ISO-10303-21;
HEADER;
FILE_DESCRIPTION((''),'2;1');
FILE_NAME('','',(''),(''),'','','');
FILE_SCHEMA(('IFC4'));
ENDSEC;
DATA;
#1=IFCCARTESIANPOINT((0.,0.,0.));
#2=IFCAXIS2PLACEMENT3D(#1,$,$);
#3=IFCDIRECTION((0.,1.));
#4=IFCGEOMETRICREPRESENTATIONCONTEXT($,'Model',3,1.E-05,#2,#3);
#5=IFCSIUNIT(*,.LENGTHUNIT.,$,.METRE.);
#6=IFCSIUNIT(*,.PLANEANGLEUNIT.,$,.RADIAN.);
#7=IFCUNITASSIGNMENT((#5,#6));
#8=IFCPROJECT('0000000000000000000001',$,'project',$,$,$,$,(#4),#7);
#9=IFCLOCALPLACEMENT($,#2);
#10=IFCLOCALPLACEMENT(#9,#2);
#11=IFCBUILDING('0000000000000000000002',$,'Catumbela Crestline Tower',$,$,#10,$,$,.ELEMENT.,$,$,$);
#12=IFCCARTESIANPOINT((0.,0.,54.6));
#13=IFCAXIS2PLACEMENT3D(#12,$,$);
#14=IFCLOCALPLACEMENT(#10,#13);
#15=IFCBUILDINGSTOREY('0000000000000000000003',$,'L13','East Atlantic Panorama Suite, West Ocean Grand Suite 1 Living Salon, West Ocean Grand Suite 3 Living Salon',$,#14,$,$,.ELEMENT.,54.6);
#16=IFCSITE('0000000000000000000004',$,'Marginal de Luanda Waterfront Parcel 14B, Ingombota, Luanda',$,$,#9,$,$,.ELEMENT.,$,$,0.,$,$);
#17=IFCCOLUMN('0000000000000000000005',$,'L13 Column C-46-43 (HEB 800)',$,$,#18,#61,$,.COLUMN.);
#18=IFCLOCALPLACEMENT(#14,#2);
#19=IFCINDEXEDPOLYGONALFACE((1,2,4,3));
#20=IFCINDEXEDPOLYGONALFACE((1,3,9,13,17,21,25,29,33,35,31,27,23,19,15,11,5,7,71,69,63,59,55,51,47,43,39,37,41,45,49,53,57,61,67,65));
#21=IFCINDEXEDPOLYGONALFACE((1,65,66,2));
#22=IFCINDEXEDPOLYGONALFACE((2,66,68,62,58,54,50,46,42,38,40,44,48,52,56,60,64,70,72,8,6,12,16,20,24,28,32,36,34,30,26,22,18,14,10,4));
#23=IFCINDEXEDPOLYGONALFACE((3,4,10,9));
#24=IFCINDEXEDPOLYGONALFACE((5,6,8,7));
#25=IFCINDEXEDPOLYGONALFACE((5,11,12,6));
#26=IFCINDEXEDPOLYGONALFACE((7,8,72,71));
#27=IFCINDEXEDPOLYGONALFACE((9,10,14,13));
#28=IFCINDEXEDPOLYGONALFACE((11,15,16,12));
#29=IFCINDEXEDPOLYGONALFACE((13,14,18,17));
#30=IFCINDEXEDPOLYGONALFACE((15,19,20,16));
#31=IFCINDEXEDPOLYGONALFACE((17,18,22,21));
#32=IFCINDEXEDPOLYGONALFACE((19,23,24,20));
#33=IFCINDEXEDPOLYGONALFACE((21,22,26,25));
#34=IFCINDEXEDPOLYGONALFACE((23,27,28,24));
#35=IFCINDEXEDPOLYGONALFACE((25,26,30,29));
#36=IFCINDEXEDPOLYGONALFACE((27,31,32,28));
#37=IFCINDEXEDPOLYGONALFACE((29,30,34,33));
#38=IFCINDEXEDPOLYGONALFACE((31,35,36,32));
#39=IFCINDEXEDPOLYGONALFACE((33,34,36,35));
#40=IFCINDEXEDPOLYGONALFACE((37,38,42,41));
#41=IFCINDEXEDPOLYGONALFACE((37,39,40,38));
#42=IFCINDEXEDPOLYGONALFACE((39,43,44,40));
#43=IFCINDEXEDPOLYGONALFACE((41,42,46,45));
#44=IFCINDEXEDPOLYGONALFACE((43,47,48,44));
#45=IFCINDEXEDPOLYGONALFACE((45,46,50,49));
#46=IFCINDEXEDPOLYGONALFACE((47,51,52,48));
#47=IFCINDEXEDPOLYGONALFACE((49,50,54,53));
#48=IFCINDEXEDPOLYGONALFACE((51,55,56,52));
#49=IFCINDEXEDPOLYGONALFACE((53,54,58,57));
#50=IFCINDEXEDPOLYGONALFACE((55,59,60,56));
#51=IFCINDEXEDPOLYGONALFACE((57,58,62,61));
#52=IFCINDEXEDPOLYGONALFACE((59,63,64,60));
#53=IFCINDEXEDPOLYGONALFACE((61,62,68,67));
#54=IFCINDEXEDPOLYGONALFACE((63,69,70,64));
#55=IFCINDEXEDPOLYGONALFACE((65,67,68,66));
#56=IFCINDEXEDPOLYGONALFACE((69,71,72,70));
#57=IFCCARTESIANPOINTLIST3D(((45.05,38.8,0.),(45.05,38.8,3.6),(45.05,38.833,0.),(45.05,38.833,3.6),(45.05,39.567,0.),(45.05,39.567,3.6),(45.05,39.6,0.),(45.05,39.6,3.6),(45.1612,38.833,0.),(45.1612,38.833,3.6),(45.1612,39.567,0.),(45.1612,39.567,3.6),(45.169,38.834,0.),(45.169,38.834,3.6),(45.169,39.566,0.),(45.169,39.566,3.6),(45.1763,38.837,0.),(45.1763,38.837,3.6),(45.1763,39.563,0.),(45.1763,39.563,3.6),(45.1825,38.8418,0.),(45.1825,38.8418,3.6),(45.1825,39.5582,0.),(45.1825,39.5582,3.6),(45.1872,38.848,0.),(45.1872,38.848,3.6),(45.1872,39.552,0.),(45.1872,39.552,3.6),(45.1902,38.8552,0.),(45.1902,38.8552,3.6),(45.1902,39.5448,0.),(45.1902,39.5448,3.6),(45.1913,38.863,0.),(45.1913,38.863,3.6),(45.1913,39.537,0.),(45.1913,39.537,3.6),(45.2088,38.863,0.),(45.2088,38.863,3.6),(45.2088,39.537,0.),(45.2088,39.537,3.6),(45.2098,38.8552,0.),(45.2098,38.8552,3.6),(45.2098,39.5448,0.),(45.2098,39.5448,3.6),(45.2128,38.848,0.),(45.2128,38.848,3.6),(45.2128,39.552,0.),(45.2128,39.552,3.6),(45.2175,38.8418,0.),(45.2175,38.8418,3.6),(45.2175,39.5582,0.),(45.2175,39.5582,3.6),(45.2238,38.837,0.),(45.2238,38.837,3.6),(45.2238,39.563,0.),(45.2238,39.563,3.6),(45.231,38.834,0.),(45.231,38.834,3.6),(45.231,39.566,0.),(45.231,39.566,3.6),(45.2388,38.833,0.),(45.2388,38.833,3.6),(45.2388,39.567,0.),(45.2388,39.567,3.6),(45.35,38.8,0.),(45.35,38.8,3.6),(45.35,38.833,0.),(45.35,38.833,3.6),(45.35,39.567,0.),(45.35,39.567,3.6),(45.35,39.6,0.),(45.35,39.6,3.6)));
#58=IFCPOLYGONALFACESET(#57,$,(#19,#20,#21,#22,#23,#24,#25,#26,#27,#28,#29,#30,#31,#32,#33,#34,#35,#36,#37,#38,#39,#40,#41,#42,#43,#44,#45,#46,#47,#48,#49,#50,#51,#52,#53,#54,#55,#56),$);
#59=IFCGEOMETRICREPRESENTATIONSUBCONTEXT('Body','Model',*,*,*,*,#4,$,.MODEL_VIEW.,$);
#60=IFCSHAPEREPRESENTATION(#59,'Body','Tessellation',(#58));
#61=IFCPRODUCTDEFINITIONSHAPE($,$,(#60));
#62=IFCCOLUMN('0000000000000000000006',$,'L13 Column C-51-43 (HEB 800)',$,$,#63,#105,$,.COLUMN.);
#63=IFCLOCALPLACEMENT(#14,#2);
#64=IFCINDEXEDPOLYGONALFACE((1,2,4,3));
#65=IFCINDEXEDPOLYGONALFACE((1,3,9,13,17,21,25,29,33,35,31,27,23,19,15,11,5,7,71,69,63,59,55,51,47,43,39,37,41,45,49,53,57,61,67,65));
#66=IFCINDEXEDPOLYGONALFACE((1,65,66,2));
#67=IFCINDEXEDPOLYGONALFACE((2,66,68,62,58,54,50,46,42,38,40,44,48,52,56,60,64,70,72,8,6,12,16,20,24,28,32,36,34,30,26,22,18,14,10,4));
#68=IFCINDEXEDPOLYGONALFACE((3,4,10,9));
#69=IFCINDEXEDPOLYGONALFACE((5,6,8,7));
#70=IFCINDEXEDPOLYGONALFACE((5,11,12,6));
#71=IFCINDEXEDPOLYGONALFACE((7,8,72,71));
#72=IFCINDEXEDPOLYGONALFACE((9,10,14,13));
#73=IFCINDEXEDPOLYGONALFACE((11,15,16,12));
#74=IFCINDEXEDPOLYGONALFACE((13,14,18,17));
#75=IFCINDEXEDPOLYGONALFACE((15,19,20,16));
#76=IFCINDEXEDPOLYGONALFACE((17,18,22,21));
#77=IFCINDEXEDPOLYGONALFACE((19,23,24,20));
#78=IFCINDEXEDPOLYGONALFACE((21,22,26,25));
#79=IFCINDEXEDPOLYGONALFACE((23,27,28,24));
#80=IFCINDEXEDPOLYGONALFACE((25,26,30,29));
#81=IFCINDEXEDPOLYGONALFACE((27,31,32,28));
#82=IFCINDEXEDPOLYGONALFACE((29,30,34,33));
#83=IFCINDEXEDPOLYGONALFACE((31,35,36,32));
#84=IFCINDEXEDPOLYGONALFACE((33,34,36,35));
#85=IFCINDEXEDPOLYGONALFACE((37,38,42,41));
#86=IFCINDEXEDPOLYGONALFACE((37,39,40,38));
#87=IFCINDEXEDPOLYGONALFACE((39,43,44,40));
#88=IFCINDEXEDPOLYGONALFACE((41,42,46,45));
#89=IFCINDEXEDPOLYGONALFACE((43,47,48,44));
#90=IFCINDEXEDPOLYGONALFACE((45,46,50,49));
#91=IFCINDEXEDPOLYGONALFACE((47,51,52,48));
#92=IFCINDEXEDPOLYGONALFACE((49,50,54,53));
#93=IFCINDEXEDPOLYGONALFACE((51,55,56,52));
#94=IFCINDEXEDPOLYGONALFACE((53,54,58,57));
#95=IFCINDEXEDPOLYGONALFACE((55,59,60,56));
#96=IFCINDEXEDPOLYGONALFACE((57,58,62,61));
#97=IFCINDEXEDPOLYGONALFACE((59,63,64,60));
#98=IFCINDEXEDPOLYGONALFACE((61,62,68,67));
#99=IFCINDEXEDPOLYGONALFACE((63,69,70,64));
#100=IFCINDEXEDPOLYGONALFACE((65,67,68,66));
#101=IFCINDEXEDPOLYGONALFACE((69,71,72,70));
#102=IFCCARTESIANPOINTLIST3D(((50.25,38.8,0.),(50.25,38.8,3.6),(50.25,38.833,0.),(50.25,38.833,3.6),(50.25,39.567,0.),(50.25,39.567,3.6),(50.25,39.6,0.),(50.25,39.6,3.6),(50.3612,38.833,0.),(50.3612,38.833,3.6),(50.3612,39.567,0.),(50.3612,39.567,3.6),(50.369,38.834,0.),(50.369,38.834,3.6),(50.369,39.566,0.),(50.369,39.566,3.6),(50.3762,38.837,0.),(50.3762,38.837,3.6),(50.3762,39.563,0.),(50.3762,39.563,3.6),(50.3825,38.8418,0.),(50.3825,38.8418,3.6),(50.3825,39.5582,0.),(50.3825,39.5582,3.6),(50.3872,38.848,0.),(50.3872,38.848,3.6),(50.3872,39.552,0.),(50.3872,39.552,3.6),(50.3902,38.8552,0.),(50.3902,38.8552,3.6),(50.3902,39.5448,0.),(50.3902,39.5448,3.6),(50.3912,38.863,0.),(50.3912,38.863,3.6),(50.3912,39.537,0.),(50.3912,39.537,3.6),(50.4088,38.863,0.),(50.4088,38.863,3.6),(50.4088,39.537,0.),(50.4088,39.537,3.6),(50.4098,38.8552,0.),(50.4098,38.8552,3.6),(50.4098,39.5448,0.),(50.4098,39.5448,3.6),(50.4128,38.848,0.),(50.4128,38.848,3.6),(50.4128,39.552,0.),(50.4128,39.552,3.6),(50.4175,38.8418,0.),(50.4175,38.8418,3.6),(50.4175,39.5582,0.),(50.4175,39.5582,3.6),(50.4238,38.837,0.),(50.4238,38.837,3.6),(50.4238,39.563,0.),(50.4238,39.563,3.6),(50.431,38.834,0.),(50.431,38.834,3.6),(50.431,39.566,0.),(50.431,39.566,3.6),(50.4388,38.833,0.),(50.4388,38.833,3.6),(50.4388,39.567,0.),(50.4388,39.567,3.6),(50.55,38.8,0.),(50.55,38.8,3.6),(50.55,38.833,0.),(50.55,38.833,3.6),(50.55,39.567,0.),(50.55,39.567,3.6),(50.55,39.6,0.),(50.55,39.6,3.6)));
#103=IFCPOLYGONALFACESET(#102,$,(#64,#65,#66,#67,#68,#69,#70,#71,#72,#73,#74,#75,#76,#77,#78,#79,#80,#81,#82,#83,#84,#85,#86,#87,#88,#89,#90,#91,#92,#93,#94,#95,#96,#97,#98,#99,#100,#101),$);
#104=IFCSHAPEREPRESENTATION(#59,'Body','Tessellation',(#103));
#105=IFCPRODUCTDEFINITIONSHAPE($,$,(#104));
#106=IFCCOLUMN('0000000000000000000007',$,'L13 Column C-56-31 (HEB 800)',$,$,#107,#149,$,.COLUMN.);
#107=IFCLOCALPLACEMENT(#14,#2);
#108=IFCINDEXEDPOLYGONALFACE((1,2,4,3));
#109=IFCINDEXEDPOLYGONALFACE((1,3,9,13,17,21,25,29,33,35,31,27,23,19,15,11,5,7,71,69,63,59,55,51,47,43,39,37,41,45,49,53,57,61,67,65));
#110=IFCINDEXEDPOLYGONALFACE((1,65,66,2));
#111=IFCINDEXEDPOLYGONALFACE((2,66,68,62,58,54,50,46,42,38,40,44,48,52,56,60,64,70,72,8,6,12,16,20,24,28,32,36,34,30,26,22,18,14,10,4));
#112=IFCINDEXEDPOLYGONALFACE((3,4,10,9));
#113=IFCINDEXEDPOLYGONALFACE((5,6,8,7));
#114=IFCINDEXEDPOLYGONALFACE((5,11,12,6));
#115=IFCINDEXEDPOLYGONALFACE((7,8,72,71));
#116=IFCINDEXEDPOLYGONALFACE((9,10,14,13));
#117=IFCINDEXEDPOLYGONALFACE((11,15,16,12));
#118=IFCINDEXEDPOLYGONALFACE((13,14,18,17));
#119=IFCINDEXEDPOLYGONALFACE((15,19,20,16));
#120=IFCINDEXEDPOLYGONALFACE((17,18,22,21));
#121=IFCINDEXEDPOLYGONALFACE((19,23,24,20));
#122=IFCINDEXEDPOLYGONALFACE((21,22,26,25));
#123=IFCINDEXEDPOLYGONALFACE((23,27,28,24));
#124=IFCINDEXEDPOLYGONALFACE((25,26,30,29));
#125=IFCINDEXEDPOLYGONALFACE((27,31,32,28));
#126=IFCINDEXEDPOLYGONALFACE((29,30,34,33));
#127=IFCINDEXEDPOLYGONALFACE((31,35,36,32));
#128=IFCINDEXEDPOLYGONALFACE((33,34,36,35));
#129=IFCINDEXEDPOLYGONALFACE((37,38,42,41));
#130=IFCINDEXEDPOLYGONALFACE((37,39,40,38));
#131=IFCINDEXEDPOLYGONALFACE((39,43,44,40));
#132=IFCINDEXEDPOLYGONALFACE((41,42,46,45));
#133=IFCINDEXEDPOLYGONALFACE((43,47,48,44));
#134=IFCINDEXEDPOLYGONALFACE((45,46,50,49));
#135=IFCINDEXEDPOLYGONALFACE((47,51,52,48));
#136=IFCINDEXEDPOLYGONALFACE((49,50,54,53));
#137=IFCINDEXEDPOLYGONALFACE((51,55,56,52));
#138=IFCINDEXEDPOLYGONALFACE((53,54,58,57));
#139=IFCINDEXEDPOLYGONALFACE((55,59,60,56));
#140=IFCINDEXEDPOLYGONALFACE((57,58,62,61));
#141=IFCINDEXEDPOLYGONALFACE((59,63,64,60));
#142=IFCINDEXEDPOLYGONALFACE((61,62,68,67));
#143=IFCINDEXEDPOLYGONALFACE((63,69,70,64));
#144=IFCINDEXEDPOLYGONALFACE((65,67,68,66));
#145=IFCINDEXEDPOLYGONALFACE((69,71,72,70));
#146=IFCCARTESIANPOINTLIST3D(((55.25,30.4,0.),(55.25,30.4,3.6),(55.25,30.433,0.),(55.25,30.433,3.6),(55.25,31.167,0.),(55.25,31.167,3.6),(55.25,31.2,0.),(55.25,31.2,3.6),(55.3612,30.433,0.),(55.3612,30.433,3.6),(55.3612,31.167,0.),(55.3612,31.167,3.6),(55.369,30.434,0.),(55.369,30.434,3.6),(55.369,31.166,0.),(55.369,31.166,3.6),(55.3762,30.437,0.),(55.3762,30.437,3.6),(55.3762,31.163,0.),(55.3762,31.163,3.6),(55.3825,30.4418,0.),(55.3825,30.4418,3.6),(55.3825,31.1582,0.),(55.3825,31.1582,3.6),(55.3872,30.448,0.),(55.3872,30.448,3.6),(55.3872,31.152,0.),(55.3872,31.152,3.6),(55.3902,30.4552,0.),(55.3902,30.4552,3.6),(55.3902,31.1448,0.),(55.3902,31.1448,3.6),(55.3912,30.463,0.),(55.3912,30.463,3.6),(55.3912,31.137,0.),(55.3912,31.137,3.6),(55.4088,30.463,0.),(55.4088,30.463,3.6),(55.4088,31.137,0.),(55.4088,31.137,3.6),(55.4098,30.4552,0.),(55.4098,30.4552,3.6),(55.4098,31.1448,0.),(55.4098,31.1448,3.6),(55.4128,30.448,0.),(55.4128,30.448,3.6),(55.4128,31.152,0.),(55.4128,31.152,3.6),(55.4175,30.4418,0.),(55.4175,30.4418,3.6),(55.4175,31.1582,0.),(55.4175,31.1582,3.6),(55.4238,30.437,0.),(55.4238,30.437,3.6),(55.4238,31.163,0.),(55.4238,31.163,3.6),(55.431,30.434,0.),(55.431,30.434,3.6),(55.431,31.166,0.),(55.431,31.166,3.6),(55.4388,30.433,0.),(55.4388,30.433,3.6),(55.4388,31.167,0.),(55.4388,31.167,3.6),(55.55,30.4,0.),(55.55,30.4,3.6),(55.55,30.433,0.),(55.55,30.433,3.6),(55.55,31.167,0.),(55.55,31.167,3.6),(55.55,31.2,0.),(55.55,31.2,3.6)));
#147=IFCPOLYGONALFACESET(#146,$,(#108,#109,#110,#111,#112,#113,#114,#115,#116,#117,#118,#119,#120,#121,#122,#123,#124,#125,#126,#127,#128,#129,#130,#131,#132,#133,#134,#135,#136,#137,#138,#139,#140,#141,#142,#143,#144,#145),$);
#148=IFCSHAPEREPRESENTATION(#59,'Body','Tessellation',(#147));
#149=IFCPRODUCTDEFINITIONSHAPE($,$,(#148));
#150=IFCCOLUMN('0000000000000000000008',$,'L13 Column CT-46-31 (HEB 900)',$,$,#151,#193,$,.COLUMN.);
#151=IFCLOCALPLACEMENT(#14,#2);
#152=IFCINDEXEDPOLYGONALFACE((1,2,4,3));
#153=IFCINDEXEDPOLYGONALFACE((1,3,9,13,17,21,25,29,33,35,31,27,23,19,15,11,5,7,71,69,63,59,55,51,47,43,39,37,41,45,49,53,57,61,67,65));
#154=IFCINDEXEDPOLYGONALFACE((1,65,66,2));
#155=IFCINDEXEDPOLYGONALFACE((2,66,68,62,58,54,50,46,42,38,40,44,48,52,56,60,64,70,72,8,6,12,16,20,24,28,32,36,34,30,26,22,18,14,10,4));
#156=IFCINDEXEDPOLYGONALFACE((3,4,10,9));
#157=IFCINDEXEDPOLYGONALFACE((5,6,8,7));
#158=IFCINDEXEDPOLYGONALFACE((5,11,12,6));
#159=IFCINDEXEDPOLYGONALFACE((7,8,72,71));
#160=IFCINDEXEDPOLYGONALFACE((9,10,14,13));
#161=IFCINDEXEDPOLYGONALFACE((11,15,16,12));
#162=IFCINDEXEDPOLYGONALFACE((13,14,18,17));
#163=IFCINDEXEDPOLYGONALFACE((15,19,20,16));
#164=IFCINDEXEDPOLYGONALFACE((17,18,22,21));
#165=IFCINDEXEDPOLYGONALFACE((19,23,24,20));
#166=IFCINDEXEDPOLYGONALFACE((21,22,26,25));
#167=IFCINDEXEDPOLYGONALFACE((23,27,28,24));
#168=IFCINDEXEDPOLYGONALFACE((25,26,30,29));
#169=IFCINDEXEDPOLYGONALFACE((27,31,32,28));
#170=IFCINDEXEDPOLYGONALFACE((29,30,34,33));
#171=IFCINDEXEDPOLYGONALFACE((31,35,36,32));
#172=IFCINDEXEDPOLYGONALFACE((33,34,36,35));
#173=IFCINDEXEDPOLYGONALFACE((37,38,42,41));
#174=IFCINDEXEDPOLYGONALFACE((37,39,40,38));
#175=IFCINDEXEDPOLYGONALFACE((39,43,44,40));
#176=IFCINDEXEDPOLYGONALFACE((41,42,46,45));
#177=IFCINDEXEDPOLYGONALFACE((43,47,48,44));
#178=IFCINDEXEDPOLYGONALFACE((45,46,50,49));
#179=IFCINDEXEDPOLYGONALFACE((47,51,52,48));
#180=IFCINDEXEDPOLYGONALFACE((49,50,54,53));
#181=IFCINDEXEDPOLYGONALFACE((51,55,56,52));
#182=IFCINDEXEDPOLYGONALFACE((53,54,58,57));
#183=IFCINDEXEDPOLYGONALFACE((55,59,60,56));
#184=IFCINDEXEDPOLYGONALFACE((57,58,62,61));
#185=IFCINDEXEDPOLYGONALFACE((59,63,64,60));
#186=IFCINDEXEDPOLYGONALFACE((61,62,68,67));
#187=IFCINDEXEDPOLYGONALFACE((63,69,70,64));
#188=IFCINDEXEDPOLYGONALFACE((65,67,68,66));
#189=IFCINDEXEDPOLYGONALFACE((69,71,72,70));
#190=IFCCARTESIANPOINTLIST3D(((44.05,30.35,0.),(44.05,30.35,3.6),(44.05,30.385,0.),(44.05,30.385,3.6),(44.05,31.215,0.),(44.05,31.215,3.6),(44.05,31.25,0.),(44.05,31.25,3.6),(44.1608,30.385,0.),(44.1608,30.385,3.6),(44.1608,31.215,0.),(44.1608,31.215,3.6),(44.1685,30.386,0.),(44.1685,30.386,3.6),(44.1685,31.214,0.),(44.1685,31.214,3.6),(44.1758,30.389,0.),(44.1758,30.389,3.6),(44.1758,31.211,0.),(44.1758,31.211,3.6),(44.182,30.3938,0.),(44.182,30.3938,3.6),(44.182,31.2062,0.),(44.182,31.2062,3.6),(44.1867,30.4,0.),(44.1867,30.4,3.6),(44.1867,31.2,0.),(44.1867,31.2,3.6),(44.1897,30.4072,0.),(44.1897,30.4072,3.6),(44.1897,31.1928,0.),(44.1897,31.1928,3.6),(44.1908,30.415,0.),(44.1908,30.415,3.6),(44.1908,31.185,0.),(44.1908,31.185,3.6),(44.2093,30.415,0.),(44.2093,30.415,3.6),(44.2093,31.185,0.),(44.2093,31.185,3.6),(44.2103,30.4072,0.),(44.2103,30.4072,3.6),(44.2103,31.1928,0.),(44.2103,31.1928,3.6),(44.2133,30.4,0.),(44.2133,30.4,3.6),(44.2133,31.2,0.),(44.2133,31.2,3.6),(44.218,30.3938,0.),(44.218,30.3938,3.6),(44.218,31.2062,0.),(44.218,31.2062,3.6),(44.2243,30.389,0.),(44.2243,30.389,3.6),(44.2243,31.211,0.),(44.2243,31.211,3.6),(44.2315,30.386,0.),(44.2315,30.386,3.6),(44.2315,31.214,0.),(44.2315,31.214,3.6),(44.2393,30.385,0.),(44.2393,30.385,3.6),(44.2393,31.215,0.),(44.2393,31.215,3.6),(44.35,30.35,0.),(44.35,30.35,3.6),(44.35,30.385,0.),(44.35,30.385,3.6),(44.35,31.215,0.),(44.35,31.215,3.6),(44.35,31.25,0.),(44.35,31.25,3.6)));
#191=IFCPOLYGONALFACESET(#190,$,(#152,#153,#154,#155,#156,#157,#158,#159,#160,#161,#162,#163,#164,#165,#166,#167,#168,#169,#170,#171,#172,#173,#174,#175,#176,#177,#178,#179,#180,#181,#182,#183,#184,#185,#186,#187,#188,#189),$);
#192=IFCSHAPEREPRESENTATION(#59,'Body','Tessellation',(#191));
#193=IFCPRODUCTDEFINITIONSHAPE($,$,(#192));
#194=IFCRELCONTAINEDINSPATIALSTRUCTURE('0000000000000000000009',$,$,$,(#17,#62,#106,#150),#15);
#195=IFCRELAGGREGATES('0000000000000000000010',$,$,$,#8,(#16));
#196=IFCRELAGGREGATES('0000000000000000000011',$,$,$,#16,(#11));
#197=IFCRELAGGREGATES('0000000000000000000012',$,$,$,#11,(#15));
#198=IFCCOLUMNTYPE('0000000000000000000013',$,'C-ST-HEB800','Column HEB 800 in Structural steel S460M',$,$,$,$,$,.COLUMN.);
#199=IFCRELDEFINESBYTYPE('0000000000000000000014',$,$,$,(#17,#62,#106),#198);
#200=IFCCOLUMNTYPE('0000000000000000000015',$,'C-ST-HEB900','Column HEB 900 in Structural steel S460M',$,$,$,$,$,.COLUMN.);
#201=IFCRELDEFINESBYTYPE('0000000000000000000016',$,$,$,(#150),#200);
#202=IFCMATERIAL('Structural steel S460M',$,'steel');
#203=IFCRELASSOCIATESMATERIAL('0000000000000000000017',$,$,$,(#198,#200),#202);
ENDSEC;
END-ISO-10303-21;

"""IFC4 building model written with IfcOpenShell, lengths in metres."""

from ifc_helpers import new_model, si_unit, direction, frame, origin, origin_2d, place, context, subcontext, project, spatial, i_section, extrude, material, material_profile, profile_set, type_object, element, save


model = new_model("IFC4")

# Units and contexts
model_context = context("Model", 3, precision=1e-05, world=origin(), true_north=direction((0.0, 1.0)))
body_context = subcontext(model_context, "Body", "Model", "MODEL_VIEW")
ifc_project = project(units=[si_unit("LENGTHUNIT", "METRE"), si_unit("PLANEANGLEUNIT", "RADIAN")], contexts=[model_context])

# Site, building, storey
site_placement = place(None, origin())
site = spatial("IfcSite", under=ifc_project, at=site_placement, Name="Marginal de Luanda Waterfront Parcel 14B, Ingombota, Luanda", CompositionType="ELEMENT", RefElevation=0.0)
building_placement = place(site_placement, origin())
building = spatial("IfcBuilding", under=site, at=building_placement, Name="Catumbela Crestline Tower", CompositionType="ELEMENT")
storey_placement = place(building_placement, frame((0.0, 0.0, 54.6)))
storey = spatial("IfcBuildingStorey", under=building, at=storey_placement, Name="L13", Description="East Atlantic Panorama Suite, West Ocean Grand Suite 1 Living Salon, West Ocean Grand Suite 3 Living Salon", CompositionType="ELEMENT", Elevation=54.6)

# Columns
ifc_material_1 = material(Name="Structural steel S460M", Category="steel")
ifc_material_profile_1 = material_profile(ifc_material_1, i_section(OverallWidth=0.3, OverallDepth=0.8, WebThickness=0.0175, FlangeThickness=0.033, FilletRadius=0.03, at=origin_2d()), Name="HEB 800")
ifc_profile_set_1 = profile_set([ifc_material_profile_1], Name="Structural steel S460M")
column_type_1 = type_object("IfcColumnType", Name="C-ST-HEB800", Description="Column HEB 800 in Structural steel S460M", PredefinedType="COLUMN", material=ifc_profile_set_1)
for number, where, z_axis, x_axis, name in (
    (1, (45.2, 39.2, 0.0), (0.0, 0.0, 1.0), (1.0, 0.0, 0.0), "L13 Column C-46-43 (HEB 800)"),
    (2, (50.4, 39.2, 0.0), (0.0, 0.0, 1.0), (1.0, 0.0, 0.0), "L13 Column C-51-43 (HEB 800)"),
    (3, (55.4, 30.8, 0.0), (0.0, 0.0, 1.0), (1.0, 0.0, 0.0), "L13 Column C-56-31 (HEB 800)"),
):
    element("IfcColumn", number, at=place(storey_placement, frame(where, z_axis=z_axis, x_axis=x_axis)), inside=storey, type_object=column_type_1, Name=name, PredefinedType="COLUMN", context=body_context, shape_type="SweptSolid", body=[
        extrude(i_section(OverallWidth=0.3, OverallDepth=0.8, WebThickness=0.0175, FlangeThickness=0.033, FilletRadius=0.03, at=origin_2d()), origin(), (0.0, 0.0, 1.0), 3.6),
    ])
ifc_material_profile_2 = material_profile(ifc_material_1, i_section(OverallWidth=0.3, OverallDepth=0.9, WebThickness=0.0185, FlangeThickness=0.035, FilletRadius=0.03, at=origin_2d()), Name="HEB 900")
ifc_profile_set_2 = profile_set([ifc_material_profile_2], Name="Structural steel S460M")
column_type_2 = type_object("IfcColumnType", Name="C-ST-HEB900", Description="Column HEB 900 in Structural steel S460M", PredefinedType="COLUMN", material=ifc_profile_set_2)
for number, where, z_axis, x_axis, name in (
    (4, (44.2, 30.8, 0.0), (0.0, 0.0, 1.0), (1.0, 0.0, 0.0), "L13 Column CT-46-31 (HEB 900)"),
):
    element("IfcColumn", number, at=place(storey_placement, frame(where, z_axis=z_axis, x_axis=x_axis)), inside=storey, type_object=column_type_2, Name=name, PredefinedType="COLUMN", context=body_context, shape_type="SweptSolid", body=[
        extrude(i_section(OverallWidth=0.3, OverallDepth=0.9, WebThickness=0.0185, FlangeThickness=0.035, FilletRadius=0.03, at=origin_2d()), origin(), (0.0, 0.0, 1.0), 3.6),
    ])

save(model, "model.ifc")
